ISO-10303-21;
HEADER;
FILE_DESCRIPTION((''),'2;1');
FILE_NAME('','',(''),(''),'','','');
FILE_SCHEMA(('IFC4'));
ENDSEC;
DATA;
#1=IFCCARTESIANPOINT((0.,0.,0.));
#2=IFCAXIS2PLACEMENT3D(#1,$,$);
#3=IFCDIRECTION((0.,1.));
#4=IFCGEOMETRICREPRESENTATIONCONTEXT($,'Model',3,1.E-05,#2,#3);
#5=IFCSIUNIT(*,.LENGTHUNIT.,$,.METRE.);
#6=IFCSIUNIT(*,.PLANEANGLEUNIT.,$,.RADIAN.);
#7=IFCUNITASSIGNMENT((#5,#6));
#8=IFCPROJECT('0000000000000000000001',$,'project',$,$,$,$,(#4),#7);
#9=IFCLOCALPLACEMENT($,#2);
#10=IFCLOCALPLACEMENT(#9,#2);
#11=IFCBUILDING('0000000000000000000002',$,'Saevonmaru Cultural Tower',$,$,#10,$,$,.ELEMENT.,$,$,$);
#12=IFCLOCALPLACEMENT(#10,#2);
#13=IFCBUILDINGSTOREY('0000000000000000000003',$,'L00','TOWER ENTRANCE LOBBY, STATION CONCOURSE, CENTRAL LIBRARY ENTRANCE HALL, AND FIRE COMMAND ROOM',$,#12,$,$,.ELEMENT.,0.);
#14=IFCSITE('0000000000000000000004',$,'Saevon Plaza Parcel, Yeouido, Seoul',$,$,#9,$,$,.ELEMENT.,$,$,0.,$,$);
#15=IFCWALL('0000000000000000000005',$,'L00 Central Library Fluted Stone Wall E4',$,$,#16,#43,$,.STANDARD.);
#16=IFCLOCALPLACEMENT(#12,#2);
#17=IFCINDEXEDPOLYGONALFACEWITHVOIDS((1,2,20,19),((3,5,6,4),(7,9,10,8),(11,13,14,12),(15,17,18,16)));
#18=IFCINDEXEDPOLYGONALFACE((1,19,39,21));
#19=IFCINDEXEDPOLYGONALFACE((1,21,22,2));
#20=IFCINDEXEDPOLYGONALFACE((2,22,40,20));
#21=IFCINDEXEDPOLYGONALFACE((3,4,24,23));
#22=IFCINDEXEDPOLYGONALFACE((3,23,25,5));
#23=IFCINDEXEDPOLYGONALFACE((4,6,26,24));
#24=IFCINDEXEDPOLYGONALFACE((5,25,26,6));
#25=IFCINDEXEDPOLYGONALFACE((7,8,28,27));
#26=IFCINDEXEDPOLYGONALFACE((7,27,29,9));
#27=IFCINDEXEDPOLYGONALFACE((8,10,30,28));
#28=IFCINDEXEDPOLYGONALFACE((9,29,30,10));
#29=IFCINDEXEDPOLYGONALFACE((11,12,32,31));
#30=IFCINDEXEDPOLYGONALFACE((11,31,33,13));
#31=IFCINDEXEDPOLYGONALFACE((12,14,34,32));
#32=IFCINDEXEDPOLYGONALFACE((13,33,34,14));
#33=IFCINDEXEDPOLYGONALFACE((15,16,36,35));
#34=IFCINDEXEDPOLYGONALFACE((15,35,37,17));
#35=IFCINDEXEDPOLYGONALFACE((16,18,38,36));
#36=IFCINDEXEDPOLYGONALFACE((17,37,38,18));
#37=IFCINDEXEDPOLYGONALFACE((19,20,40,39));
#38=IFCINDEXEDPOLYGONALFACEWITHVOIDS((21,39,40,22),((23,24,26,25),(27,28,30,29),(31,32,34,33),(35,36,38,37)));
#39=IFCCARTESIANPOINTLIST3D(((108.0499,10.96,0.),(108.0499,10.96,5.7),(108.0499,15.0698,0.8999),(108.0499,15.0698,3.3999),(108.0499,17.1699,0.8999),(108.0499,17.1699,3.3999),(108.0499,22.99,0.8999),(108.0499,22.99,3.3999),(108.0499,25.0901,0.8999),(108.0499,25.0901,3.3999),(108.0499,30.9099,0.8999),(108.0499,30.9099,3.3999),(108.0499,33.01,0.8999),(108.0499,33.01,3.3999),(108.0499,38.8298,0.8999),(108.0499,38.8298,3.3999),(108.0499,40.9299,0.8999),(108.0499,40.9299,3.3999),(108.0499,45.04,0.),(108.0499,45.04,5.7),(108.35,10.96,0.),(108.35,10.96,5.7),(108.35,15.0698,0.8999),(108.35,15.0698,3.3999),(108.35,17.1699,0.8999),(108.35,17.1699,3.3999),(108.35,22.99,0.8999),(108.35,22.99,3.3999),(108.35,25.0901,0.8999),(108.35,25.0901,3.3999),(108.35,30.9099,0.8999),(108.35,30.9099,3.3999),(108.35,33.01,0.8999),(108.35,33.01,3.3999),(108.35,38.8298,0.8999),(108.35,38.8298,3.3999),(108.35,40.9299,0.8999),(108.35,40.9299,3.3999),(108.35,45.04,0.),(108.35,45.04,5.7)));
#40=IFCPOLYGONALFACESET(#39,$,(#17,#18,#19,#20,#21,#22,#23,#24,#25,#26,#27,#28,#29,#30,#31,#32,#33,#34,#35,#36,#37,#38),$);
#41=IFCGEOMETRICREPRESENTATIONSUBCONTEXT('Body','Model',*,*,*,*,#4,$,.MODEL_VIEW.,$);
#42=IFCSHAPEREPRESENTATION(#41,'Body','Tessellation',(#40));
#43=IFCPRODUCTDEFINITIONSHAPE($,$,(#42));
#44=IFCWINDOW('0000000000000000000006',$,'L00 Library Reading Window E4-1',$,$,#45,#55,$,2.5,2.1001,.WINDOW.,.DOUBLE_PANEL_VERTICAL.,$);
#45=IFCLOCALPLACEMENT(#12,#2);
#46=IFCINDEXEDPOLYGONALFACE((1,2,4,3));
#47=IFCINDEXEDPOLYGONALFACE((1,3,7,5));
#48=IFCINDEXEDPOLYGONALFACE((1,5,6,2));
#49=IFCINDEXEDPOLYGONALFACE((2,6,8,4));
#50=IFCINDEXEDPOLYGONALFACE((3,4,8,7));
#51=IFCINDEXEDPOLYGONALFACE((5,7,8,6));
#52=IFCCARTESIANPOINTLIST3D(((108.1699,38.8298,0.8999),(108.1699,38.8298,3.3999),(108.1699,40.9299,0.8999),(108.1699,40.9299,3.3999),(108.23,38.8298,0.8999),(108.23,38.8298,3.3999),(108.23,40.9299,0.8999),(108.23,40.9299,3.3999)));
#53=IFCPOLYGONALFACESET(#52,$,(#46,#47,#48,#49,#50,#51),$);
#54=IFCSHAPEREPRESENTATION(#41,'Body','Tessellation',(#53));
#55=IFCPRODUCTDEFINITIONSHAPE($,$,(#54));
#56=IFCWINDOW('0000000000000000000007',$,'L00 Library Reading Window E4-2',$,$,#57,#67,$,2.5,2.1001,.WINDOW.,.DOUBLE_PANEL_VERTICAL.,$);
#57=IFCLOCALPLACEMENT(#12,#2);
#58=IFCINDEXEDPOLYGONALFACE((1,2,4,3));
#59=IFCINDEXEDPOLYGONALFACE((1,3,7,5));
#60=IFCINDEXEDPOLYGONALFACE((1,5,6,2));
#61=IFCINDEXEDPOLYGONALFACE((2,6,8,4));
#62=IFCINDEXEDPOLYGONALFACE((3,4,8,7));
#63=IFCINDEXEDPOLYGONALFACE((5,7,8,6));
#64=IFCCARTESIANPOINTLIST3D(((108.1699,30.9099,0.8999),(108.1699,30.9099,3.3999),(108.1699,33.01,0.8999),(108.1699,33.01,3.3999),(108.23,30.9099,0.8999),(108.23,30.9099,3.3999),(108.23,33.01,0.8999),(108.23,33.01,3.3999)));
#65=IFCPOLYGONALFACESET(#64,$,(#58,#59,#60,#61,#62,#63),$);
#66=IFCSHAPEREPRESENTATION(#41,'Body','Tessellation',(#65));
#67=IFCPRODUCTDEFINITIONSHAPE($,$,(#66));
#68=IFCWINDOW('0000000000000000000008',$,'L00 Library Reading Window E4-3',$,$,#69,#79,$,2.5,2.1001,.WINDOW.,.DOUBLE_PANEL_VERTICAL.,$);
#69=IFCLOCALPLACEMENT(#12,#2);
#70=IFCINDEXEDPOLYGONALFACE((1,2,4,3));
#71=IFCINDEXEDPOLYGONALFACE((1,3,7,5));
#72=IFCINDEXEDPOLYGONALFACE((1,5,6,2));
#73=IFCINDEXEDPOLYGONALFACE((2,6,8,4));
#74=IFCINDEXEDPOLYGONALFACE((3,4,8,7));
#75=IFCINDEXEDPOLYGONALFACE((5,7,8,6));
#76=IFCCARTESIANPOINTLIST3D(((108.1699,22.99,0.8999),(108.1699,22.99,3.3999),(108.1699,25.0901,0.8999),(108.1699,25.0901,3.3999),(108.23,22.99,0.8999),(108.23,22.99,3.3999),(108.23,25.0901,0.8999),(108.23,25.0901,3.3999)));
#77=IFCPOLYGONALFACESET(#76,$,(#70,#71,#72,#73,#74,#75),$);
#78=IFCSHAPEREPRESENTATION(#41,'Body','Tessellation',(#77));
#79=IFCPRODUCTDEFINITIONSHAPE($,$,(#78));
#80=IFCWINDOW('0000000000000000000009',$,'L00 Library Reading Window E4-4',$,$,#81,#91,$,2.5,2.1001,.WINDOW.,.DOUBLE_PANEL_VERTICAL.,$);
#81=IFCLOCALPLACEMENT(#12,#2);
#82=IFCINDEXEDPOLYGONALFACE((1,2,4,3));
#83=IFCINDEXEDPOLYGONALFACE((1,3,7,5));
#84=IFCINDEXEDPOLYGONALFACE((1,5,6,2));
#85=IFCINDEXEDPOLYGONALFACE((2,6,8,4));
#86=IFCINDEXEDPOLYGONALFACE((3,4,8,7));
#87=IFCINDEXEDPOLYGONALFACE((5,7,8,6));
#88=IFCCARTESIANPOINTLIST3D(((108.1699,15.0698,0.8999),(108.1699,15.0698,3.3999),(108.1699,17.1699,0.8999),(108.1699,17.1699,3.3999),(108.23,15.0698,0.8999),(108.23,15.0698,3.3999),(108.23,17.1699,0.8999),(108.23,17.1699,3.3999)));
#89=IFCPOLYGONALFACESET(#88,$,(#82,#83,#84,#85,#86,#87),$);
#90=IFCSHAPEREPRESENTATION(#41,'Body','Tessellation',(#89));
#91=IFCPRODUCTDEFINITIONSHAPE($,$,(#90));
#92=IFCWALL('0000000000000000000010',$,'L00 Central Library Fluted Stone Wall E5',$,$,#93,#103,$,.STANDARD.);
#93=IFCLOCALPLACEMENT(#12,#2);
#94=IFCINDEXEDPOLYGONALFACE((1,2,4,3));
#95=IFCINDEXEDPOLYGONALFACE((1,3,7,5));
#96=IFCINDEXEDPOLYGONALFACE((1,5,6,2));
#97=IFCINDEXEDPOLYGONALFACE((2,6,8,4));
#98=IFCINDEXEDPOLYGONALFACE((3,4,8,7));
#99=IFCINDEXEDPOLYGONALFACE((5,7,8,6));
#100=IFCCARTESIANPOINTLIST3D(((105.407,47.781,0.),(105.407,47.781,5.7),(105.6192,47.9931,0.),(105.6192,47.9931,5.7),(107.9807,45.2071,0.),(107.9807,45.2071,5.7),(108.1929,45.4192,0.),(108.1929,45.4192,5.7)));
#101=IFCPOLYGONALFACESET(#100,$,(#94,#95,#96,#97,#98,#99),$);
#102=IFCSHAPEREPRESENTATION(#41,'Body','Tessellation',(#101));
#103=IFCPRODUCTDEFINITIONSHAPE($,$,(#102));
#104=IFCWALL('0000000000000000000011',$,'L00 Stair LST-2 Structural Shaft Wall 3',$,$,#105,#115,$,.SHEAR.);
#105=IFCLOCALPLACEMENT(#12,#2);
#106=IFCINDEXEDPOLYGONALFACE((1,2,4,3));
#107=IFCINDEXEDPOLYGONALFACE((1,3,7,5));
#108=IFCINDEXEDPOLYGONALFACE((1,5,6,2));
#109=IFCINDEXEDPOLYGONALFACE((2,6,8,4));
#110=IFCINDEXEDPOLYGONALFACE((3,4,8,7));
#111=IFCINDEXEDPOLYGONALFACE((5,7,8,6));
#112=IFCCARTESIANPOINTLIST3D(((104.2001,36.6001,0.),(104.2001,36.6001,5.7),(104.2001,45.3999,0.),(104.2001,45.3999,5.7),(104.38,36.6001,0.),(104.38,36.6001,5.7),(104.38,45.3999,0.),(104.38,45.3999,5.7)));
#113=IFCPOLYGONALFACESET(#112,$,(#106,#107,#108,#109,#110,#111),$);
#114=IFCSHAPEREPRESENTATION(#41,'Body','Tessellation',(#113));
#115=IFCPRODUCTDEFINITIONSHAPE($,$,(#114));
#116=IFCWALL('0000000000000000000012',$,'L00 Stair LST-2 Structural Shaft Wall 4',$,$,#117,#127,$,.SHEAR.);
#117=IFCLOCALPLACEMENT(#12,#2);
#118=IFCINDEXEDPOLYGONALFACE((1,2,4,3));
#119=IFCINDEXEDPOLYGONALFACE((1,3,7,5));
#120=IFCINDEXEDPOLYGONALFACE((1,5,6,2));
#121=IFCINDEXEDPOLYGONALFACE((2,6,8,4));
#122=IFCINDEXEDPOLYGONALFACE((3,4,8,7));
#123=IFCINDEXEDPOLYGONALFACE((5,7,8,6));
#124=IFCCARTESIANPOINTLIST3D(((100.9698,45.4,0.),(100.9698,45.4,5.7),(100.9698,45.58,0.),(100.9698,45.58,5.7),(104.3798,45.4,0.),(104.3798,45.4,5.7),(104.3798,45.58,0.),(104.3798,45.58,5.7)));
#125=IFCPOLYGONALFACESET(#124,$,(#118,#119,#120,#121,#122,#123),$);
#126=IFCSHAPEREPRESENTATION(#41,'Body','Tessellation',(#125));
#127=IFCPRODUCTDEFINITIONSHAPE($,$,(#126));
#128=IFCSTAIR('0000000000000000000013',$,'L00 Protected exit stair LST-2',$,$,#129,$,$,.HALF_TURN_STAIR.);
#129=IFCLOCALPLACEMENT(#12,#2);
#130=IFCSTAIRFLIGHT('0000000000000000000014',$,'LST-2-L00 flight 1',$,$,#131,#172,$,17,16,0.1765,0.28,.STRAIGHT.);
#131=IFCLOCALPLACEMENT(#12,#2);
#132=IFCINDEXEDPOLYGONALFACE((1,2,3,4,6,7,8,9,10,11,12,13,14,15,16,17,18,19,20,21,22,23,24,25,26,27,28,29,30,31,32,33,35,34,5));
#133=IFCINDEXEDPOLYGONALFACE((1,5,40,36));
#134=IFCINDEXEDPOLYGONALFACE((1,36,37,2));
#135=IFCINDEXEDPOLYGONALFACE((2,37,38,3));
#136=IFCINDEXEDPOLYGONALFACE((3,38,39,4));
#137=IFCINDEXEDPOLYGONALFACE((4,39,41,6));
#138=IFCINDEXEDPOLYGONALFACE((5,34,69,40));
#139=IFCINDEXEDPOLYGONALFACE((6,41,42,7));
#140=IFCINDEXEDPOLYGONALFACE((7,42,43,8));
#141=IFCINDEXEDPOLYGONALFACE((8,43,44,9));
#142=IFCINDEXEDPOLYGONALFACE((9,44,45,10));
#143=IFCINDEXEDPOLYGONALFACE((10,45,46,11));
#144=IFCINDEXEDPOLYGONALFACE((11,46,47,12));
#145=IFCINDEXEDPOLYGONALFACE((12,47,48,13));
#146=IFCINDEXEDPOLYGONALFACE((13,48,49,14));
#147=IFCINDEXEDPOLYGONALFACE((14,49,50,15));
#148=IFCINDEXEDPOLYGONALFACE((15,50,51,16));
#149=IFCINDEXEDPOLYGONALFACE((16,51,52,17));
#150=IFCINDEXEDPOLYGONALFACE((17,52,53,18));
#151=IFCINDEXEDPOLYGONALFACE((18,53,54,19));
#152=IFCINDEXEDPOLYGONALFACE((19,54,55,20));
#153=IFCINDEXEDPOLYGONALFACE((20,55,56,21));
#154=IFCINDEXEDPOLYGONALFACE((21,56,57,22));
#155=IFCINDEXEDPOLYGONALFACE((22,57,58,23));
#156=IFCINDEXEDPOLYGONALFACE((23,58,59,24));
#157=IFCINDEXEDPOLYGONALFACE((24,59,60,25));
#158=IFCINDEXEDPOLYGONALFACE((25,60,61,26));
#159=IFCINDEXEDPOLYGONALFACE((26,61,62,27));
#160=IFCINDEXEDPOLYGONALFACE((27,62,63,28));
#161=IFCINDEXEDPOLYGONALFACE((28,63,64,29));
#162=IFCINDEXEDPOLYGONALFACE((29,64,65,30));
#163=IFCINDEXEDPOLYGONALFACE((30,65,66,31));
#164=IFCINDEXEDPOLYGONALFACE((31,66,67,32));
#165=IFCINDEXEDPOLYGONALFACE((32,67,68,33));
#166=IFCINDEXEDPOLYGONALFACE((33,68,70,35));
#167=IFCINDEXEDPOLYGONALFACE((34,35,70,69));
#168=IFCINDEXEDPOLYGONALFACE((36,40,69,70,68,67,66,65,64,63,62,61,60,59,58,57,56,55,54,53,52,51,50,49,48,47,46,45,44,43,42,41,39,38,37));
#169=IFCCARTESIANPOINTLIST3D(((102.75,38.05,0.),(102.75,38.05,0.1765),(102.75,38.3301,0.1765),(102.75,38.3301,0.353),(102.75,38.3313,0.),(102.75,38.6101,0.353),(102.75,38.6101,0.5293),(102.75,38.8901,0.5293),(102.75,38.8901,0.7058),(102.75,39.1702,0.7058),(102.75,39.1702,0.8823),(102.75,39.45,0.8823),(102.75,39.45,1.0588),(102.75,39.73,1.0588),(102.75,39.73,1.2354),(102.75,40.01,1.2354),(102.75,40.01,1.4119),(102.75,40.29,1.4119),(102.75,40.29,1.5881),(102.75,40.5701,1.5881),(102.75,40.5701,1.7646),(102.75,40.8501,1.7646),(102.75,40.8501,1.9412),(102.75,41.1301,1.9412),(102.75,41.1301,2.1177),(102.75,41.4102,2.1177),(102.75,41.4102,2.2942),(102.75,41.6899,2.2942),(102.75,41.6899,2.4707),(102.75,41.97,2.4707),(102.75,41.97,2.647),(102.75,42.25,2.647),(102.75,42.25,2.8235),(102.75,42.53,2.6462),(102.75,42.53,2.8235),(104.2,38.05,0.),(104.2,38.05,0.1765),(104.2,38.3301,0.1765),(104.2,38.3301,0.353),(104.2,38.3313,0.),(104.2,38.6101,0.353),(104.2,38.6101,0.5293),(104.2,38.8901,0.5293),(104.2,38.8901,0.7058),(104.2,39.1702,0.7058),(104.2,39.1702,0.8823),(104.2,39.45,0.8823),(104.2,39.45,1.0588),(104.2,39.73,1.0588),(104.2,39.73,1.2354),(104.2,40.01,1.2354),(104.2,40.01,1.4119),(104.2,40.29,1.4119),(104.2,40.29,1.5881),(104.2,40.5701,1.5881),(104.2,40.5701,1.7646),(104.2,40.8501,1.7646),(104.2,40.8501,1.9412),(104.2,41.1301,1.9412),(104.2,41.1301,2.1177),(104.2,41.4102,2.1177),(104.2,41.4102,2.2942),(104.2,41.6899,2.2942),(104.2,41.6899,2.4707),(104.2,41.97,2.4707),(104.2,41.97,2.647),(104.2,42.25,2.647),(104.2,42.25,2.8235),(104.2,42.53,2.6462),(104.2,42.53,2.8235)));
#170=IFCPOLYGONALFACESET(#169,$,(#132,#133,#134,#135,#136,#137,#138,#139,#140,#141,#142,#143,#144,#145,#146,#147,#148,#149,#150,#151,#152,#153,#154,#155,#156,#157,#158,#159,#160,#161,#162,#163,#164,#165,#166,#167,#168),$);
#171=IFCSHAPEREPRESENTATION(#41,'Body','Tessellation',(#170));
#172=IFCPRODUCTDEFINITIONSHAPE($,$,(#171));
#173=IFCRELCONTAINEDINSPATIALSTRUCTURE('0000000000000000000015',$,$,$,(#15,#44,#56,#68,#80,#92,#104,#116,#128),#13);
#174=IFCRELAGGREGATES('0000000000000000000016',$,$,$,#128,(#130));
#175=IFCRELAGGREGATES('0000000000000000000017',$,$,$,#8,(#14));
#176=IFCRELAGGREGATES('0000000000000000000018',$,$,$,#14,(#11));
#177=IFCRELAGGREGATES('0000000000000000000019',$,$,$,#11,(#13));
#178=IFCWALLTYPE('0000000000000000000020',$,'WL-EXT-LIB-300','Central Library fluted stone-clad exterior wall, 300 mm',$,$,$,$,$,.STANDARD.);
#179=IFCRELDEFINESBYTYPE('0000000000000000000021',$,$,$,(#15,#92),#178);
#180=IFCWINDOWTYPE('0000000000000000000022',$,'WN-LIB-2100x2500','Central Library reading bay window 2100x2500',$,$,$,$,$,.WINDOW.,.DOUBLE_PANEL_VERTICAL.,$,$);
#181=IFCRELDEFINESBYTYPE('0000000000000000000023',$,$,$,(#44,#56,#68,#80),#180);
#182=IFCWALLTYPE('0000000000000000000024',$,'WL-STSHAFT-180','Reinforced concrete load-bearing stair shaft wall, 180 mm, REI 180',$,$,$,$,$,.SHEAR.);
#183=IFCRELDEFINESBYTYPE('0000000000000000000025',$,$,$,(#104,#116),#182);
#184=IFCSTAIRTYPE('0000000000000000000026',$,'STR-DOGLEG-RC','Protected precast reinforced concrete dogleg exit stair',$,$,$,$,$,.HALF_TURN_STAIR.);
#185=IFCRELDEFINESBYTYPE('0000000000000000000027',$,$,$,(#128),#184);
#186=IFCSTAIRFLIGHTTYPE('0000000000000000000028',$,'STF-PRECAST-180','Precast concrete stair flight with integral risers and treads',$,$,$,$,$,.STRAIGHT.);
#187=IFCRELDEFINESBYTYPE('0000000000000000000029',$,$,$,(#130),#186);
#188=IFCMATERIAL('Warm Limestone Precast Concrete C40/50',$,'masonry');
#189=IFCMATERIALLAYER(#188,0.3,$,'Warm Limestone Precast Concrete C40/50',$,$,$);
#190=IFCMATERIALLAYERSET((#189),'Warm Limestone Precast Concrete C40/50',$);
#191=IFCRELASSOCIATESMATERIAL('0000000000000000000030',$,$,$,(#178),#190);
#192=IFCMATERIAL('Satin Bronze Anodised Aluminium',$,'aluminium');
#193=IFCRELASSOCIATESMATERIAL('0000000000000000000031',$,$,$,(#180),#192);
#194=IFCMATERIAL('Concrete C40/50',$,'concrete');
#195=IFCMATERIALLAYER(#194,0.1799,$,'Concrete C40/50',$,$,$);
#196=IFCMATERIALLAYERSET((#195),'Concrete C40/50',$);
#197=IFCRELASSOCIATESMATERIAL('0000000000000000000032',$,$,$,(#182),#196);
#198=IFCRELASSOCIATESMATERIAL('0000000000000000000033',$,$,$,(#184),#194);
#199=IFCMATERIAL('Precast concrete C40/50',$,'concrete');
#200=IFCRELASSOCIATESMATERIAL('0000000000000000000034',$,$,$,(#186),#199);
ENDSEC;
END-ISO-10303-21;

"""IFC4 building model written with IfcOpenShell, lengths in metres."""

from ifc_helpers import new_model, si_unit, direction, frame, frame_2d, origin, place, context, subcontext, project, spatial, polyline, rectangle, outline, extrude, material, layer, layer_set, type_object, element, fill, aggregate, save


model = new_model("IFC4")

# Units and contexts
model_context = context("Model", 3, precision=1e-05, world=origin(), true_north=direction((0.0, 1.0)))
body_context = subcontext(model_context, "Body", "Model", "MODEL_VIEW")
ifc_project = project(units=[si_unit("LENGTHUNIT", "METRE"), si_unit("PLANEANGLEUNIT", "RADIAN")], contexts=[model_context])

# Site, building, storey
site_placement = place(None, origin())
site = spatial("IfcSite", under=ifc_project, at=site_placement, Name="Saevon Plaza Parcel, Yeouido, Seoul", CompositionType="ELEMENT", RefElevation=0.0)
building_placement = place(site_placement, origin())
building = spatial("IfcBuilding", under=site, at=building_placement, Name="Saevonmaru Cultural Tower", CompositionType="ELEMENT")
storey_placement = place(building_placement, origin())
storey = spatial("IfcBuildingStorey", under=building, at=storey_placement, Name="L00", Description="TOWER ENTRANCE LOBBY, STATION CONCOURSE, CENTRAL LIBRARY ENTRANCE HALL, AND FIRE COMMAND ROOM", CompositionType="ELEMENT", Elevation=0.0)

# Wall, openings, windows
ifc_material_1 = material(Name="Warm Limestone Precast Concrete C40/50", Category="masonry")
ifc_layer_1 = layer(ifc_material_1, 0.3, Name="Warm Limestone Precast Concrete C40/50")
ifc_layer_set_1 = layer_set([ifc_layer_1], Name="Warm Limestone Precast Concrete C40/50")
wall_type_1 = type_object("IfcWallType", Name="WL-EXT-LIB-300", Description="Central Library fluted stone-clad exterior wall, 300 mm", PredefinedType="STANDARD", material=ifc_layer_set_1)
wall_1_placement = place(storey_placement, frame((108.2, 45.04, 0.0), z_axis=(0.0, 0.0, 1.0), x_axis=(0.0, -1.0, 0.0)))
wall_1 = element("IfcWall", 1, at=wall_1_placement, inside=storey, type_object=wall_type_1, Name="L00 Central Library Fluted Stone Wall E4", PredefinedType="STANDARD", context=body_context, shape_type="SweptSolid", body=[
    extrude(rectangle(XDim=34.0801, YDim=0.3, at=frame_2d((17.04, 0.0))), origin(), (0.0, 0.0, 1.0), 5.7),
])
opening_1_placement = place(wall_1_placement, frame((4.1101, 0.0, 0.8999)))
opening_1 = element("IfcOpeningElement", 2, at=opening_1_placement, cuts=wall_1, PredefinedType="OPENING", context=body_context, shape_type="SweptSolid", body=[
    extrude(rectangle(XDim=2.1001, YDim=2.5, at=frame_2d((1.05, 1.25))), frame((0.0, 0.1602, 0.0), z_axis=(0.0, -1.0, 0.0), x_axis=(1.0, 0.0, 0.0)), (0.0, 0.0, 1.0), 0.3201),
])
opening_2_placement = place(wall_1_placement, frame((12.03, 0.0, 0.8999)))
opening_2 = element("IfcOpeningElement", 3, at=opening_2_placement, cuts=wall_1, PredefinedType="OPENING", context=body_context, shape_type="SweptSolid", body=[
    extrude(rectangle(XDim=2.1001, YDim=2.5, at=frame_2d((1.05, 1.25))), frame((0.0, 0.1602, 0.0), z_axis=(0.0, -1.0, 0.0), x_axis=(1.0, 0.0, 0.0)), (0.0, 0.0, 1.0), 0.3201),
])
opening_3_placement = place(wall_1_placement, frame((19.95, 0.0, 0.8999)))
opening_3 = element("IfcOpeningElement", 4, at=opening_3_placement, cuts=wall_1, PredefinedType="OPENING", context=body_context, shape_type="SweptSolid", body=[
    extrude(rectangle(XDim=2.1001, YDim=2.5, at=frame_2d((1.05, 1.25))), frame((0.0, 0.1602, 0.0), z_axis=(0.0, -1.0, 0.0), x_axis=(1.0, 0.0, 0.0)), (0.0, 0.0, 1.0), 0.3201),
])
opening_4_placement = place(wall_1_placement, frame((27.8701, 0.0, 0.8999)))
opening_4 = element("IfcOpeningElement", 5, at=opening_4_placement, cuts=wall_1, PredefinedType="OPENING", context=body_context, shape_type="SweptSolid", body=[
    extrude(rectangle(XDim=2.1001, YDim=2.5, at=frame_2d((1.05, 1.25))), frame((0.0, 0.1602, 0.0), z_axis=(0.0, -1.0, 0.0), x_axis=(1.0, 0.0, 0.0)), (0.0, 0.0, 1.0), 0.3201),
])
ifc_material_2 = material(Name="Satin Bronze Anodised Aluminium", Category="aluminium")
window_type = type_object("IfcWindowType", Name="WN-LIB-2100x2500", Description="Central Library reading bay window 2100x2500", PartitioningType="DOUBLE_PANEL_VERTICAL", PredefinedType="WINDOW", material=ifc_material_2)
window_1_placement = place(opening_1_placement, origin())
window_1 = element("IfcWindow", 6, at=window_1_placement, inside=storey, type_object=window_type, Name="L00 Library Reading Window E4-1", OverallHeight=2.5, OverallWidth=2.1001, PartitioningType="DOUBLE_PANEL_VERTICAL", PredefinedType="WINDOW", context=body_context, shape_type="SweptSolid", body=[
    extrude(rectangle(XDim=2.1001, YDim=2.5, at=frame_2d((1.05, 1.25))), frame((0.0, 0.03, 0.0), z_axis=(0.0, -1.0, 0.0), x_axis=(1.0, 0.0, 0.0)), (0.0, 0.0, 1.0), 0.0601),
])
fill(opening_1, window_1)
window_2_placement = place(opening_2_placement, origin())
window_2 = element("IfcWindow", 7, at=window_2_placement, inside=storey, type_object=window_type, Name="L00 Library Reading Window E4-2", OverallHeight=2.5, OverallWidth=2.1001, PartitioningType="DOUBLE_PANEL_VERTICAL", PredefinedType="WINDOW", context=body_context, shape_type="SweptSolid", body=[
    extrude(rectangle(XDim=2.1001, YDim=2.5, at=frame_2d((1.05, 1.25))), frame((0.0, 0.03, 0.0), z_axis=(0.0, -1.0, 0.0), x_axis=(1.0, 0.0, 0.0)), (0.0, 0.0, 1.0), 0.0601),
])
fill(opening_2, window_2)
window_3_placement = place(opening_3_placement, origin())
window_3 = element("IfcWindow", 8, at=window_3_placement, inside=storey, type_object=window_type, Name="L00 Library Reading Window E4-3", OverallHeight=2.5, OverallWidth=2.1001, PartitioningType="DOUBLE_PANEL_VERTICAL", PredefinedType="WINDOW", context=body_context, shape_type="SweptSolid", body=[
    extrude(rectangle(XDim=2.1001, YDim=2.5, at=frame_2d((1.05, 1.25))), frame((0.0, 0.03, 0.0), z_axis=(0.0, -1.0, 0.0), x_axis=(1.0, 0.0, 0.0)), (0.0, 0.0, 1.0), 0.0601),
])
fill(opening_3, window_3)
window_4_placement = place(opening_4_placement, origin())
window_4 = element("IfcWindow", 9, at=window_4_placement, inside=storey, type_object=window_type, Name="L00 Library Reading Window E4-4", OverallHeight=2.5, OverallWidth=2.1001, PartitioningType="DOUBLE_PANEL_VERTICAL", PredefinedType="WINDOW", context=body_context, shape_type="SweptSolid", body=[
    extrude(rectangle(XDim=2.1001, YDim=2.5, at=frame_2d((1.05, 1.25))), frame((0.0, 0.03, 0.0), z_axis=(0.0, -1.0, 0.0), x_axis=(1.0, 0.0, 0.0)), (0.0, 0.0, 1.0), 0.0601),
])
fill(opening_4, window_4)

# Walls
wall_2_placement = place(storey_placement, frame((105.5132, 47.887, 0.0), z_axis=(0.0, 0.0, 1.0), x_axis=(0.707073, -0.70714, 0.0)))
element("IfcWall", 10, at=wall_2_placement, inside=storey, type_object=wall_type_1, Name="L00 Central Library Fluted Stone Wall E5", PredefinedType="STANDARD", context=body_context, shape_type="SweptSolid", body=[
    extrude(rectangle(XDim=3.6399, YDim=0.3, at=frame_2d((1.8198, 0.0))), origin(), (0.0, 0.0, 1.0), 5.7),
])
ifc_material_3 = material(Name="Concrete C40/50", Category="concrete")
ifc_layer_2 = layer(ifc_material_3, 0.1799, Name="Concrete C40/50")
ifc_layer_set_2 = layer_set([ifc_layer_2], Name="Concrete C40/50")
wall_type_2 = type_object("IfcWallType", Name="WL-STSHAFT-180", Description="Reinforced concrete load-bearing stair shaft wall, 180 mm, REI 180", PredefinedType="SHEAR", material=ifc_layer_set_2)
wall_3_placement = place(storey_placement, frame((104.29, 36.6001, 0.0), z_axis=(0.0, 0.0, 1.0), x_axis=(0.0, 1.0, 0.0)))
element("IfcWall", 11, at=wall_3_placement, inside=storey, type_object=wall_type_2, Name="L00 Stair LST-2 Structural Shaft Wall 3", PredefinedType="SHEAR", context=body_context, shape_type="SweptSolid", body=[
    extrude(rectangle(XDim=8.7998, YDim=0.1799, at=frame_2d((4.3999, 0.0))), origin(), (0.0, 0.0, 1.0), 5.7),
])
wall_4_placement = place(storey_placement, frame((104.3799, 45.49, 0.0), z_axis=(0.0, 0.0, 1.0), x_axis=(-1.0, 0.0, 0.0)))
element("IfcWall", 12, at=wall_4_placement, inside=storey, type_object=wall_type_2, Name="L00 Stair LST-2 Structural Shaft Wall 4", PredefinedType="SHEAR", context=body_context, shape_type="SweptSolid", body=[
    extrude(rectangle(XDim=3.4099, YDim=0.1799, at=frame_2d((1.7051, 0.0))), origin(), (0.0, 0.0, 1.0), 5.7),
])

# Stair, stair flight
stair_type = type_object("IfcStairType", Name="STR-DOGLEG-RC", Description="Protected precast reinforced concrete dogleg exit stair", PredefinedType="HALF_TURN_STAIR", material=ifc_material_3)
stair_placement = place(storey_placement, origin())
stair = element("IfcStair", 13, at=stair_placement, inside=storey, type_object=stair_type, Name="L00 Protected exit stair LST-2", PredefinedType="HALF_TURN_STAIR")
ifc_material_4 = material(Name="Precast concrete C40/50", Category="concrete")
stair_flight_type = type_object("IfcStairFlightType", Name="STF-PRECAST-180", Description="Precast concrete stair flight with integral risers and treads", PredefinedType="STRAIGHT", material=ifc_material_4)
stair_flight_1_placement = place(storey_placement, frame((103.4751, 38.05, 0.0), z_axis=(0.0, 0.0, 1.0), x_axis=(0.0, 1.0, 0.0)))
stair_flight_1 = element("IfcStairFlight", 14, at=stair_flight_1_placement, type_object=stair_flight_type, Name="LST-2-L00 flight 1", NumberOfRisers=17, NumberOfTreads=16, PredefinedType="STRAIGHT", RiserHeight=0.1765, TreadLength=0.28, context=body_context, shape_type="SweptSolid", body=[
    extrude(outline(polyline([(0.0, 0.0), (0.0, 0.1765), (0.28, 0.1765), (0.28, 0.353), (0.5601, 0.353), (0.5601, 0.5293), (0.8401, 0.5293), (0.8401, 0.7058), (1.1201, 0.7058), (1.1201, 0.8823), (1.3999, 0.8823), (1.3999, 1.0588), (1.6799, 1.0588), (1.6799, 1.2354), (1.96, 1.2354), (1.96, 1.4119), (2.24, 1.4119), (2.24, 1.5881), (2.52, 1.5881), (2.52, 1.7646), (2.8, 1.7646), (2.8, 1.9412), (3.0801, 1.9412), (3.0801, 2.1177), (3.3601, 2.1177), (3.3601, 2.2942), (3.6399, 2.2942), (3.6399, 2.4707), (3.9199, 2.4707), (3.9199, 2.647), (4.2, 2.647), (4.2, 2.8235), (4.48, 2.8235), (4.48, 3.0), (4.48, 2.6462), (0.2812, 0.0), (0.0, 0.0)])), frame((0.0, 0.7251, 0.0), z_axis=(0.0, -1.0, 0.0), x_axis=(1.0, 0.0, 0.0)), (0.0, 0.0, 1.0), 1.45),
])
aggregate(stair, [stair_flight_1])

save(model, "model.ifc")
